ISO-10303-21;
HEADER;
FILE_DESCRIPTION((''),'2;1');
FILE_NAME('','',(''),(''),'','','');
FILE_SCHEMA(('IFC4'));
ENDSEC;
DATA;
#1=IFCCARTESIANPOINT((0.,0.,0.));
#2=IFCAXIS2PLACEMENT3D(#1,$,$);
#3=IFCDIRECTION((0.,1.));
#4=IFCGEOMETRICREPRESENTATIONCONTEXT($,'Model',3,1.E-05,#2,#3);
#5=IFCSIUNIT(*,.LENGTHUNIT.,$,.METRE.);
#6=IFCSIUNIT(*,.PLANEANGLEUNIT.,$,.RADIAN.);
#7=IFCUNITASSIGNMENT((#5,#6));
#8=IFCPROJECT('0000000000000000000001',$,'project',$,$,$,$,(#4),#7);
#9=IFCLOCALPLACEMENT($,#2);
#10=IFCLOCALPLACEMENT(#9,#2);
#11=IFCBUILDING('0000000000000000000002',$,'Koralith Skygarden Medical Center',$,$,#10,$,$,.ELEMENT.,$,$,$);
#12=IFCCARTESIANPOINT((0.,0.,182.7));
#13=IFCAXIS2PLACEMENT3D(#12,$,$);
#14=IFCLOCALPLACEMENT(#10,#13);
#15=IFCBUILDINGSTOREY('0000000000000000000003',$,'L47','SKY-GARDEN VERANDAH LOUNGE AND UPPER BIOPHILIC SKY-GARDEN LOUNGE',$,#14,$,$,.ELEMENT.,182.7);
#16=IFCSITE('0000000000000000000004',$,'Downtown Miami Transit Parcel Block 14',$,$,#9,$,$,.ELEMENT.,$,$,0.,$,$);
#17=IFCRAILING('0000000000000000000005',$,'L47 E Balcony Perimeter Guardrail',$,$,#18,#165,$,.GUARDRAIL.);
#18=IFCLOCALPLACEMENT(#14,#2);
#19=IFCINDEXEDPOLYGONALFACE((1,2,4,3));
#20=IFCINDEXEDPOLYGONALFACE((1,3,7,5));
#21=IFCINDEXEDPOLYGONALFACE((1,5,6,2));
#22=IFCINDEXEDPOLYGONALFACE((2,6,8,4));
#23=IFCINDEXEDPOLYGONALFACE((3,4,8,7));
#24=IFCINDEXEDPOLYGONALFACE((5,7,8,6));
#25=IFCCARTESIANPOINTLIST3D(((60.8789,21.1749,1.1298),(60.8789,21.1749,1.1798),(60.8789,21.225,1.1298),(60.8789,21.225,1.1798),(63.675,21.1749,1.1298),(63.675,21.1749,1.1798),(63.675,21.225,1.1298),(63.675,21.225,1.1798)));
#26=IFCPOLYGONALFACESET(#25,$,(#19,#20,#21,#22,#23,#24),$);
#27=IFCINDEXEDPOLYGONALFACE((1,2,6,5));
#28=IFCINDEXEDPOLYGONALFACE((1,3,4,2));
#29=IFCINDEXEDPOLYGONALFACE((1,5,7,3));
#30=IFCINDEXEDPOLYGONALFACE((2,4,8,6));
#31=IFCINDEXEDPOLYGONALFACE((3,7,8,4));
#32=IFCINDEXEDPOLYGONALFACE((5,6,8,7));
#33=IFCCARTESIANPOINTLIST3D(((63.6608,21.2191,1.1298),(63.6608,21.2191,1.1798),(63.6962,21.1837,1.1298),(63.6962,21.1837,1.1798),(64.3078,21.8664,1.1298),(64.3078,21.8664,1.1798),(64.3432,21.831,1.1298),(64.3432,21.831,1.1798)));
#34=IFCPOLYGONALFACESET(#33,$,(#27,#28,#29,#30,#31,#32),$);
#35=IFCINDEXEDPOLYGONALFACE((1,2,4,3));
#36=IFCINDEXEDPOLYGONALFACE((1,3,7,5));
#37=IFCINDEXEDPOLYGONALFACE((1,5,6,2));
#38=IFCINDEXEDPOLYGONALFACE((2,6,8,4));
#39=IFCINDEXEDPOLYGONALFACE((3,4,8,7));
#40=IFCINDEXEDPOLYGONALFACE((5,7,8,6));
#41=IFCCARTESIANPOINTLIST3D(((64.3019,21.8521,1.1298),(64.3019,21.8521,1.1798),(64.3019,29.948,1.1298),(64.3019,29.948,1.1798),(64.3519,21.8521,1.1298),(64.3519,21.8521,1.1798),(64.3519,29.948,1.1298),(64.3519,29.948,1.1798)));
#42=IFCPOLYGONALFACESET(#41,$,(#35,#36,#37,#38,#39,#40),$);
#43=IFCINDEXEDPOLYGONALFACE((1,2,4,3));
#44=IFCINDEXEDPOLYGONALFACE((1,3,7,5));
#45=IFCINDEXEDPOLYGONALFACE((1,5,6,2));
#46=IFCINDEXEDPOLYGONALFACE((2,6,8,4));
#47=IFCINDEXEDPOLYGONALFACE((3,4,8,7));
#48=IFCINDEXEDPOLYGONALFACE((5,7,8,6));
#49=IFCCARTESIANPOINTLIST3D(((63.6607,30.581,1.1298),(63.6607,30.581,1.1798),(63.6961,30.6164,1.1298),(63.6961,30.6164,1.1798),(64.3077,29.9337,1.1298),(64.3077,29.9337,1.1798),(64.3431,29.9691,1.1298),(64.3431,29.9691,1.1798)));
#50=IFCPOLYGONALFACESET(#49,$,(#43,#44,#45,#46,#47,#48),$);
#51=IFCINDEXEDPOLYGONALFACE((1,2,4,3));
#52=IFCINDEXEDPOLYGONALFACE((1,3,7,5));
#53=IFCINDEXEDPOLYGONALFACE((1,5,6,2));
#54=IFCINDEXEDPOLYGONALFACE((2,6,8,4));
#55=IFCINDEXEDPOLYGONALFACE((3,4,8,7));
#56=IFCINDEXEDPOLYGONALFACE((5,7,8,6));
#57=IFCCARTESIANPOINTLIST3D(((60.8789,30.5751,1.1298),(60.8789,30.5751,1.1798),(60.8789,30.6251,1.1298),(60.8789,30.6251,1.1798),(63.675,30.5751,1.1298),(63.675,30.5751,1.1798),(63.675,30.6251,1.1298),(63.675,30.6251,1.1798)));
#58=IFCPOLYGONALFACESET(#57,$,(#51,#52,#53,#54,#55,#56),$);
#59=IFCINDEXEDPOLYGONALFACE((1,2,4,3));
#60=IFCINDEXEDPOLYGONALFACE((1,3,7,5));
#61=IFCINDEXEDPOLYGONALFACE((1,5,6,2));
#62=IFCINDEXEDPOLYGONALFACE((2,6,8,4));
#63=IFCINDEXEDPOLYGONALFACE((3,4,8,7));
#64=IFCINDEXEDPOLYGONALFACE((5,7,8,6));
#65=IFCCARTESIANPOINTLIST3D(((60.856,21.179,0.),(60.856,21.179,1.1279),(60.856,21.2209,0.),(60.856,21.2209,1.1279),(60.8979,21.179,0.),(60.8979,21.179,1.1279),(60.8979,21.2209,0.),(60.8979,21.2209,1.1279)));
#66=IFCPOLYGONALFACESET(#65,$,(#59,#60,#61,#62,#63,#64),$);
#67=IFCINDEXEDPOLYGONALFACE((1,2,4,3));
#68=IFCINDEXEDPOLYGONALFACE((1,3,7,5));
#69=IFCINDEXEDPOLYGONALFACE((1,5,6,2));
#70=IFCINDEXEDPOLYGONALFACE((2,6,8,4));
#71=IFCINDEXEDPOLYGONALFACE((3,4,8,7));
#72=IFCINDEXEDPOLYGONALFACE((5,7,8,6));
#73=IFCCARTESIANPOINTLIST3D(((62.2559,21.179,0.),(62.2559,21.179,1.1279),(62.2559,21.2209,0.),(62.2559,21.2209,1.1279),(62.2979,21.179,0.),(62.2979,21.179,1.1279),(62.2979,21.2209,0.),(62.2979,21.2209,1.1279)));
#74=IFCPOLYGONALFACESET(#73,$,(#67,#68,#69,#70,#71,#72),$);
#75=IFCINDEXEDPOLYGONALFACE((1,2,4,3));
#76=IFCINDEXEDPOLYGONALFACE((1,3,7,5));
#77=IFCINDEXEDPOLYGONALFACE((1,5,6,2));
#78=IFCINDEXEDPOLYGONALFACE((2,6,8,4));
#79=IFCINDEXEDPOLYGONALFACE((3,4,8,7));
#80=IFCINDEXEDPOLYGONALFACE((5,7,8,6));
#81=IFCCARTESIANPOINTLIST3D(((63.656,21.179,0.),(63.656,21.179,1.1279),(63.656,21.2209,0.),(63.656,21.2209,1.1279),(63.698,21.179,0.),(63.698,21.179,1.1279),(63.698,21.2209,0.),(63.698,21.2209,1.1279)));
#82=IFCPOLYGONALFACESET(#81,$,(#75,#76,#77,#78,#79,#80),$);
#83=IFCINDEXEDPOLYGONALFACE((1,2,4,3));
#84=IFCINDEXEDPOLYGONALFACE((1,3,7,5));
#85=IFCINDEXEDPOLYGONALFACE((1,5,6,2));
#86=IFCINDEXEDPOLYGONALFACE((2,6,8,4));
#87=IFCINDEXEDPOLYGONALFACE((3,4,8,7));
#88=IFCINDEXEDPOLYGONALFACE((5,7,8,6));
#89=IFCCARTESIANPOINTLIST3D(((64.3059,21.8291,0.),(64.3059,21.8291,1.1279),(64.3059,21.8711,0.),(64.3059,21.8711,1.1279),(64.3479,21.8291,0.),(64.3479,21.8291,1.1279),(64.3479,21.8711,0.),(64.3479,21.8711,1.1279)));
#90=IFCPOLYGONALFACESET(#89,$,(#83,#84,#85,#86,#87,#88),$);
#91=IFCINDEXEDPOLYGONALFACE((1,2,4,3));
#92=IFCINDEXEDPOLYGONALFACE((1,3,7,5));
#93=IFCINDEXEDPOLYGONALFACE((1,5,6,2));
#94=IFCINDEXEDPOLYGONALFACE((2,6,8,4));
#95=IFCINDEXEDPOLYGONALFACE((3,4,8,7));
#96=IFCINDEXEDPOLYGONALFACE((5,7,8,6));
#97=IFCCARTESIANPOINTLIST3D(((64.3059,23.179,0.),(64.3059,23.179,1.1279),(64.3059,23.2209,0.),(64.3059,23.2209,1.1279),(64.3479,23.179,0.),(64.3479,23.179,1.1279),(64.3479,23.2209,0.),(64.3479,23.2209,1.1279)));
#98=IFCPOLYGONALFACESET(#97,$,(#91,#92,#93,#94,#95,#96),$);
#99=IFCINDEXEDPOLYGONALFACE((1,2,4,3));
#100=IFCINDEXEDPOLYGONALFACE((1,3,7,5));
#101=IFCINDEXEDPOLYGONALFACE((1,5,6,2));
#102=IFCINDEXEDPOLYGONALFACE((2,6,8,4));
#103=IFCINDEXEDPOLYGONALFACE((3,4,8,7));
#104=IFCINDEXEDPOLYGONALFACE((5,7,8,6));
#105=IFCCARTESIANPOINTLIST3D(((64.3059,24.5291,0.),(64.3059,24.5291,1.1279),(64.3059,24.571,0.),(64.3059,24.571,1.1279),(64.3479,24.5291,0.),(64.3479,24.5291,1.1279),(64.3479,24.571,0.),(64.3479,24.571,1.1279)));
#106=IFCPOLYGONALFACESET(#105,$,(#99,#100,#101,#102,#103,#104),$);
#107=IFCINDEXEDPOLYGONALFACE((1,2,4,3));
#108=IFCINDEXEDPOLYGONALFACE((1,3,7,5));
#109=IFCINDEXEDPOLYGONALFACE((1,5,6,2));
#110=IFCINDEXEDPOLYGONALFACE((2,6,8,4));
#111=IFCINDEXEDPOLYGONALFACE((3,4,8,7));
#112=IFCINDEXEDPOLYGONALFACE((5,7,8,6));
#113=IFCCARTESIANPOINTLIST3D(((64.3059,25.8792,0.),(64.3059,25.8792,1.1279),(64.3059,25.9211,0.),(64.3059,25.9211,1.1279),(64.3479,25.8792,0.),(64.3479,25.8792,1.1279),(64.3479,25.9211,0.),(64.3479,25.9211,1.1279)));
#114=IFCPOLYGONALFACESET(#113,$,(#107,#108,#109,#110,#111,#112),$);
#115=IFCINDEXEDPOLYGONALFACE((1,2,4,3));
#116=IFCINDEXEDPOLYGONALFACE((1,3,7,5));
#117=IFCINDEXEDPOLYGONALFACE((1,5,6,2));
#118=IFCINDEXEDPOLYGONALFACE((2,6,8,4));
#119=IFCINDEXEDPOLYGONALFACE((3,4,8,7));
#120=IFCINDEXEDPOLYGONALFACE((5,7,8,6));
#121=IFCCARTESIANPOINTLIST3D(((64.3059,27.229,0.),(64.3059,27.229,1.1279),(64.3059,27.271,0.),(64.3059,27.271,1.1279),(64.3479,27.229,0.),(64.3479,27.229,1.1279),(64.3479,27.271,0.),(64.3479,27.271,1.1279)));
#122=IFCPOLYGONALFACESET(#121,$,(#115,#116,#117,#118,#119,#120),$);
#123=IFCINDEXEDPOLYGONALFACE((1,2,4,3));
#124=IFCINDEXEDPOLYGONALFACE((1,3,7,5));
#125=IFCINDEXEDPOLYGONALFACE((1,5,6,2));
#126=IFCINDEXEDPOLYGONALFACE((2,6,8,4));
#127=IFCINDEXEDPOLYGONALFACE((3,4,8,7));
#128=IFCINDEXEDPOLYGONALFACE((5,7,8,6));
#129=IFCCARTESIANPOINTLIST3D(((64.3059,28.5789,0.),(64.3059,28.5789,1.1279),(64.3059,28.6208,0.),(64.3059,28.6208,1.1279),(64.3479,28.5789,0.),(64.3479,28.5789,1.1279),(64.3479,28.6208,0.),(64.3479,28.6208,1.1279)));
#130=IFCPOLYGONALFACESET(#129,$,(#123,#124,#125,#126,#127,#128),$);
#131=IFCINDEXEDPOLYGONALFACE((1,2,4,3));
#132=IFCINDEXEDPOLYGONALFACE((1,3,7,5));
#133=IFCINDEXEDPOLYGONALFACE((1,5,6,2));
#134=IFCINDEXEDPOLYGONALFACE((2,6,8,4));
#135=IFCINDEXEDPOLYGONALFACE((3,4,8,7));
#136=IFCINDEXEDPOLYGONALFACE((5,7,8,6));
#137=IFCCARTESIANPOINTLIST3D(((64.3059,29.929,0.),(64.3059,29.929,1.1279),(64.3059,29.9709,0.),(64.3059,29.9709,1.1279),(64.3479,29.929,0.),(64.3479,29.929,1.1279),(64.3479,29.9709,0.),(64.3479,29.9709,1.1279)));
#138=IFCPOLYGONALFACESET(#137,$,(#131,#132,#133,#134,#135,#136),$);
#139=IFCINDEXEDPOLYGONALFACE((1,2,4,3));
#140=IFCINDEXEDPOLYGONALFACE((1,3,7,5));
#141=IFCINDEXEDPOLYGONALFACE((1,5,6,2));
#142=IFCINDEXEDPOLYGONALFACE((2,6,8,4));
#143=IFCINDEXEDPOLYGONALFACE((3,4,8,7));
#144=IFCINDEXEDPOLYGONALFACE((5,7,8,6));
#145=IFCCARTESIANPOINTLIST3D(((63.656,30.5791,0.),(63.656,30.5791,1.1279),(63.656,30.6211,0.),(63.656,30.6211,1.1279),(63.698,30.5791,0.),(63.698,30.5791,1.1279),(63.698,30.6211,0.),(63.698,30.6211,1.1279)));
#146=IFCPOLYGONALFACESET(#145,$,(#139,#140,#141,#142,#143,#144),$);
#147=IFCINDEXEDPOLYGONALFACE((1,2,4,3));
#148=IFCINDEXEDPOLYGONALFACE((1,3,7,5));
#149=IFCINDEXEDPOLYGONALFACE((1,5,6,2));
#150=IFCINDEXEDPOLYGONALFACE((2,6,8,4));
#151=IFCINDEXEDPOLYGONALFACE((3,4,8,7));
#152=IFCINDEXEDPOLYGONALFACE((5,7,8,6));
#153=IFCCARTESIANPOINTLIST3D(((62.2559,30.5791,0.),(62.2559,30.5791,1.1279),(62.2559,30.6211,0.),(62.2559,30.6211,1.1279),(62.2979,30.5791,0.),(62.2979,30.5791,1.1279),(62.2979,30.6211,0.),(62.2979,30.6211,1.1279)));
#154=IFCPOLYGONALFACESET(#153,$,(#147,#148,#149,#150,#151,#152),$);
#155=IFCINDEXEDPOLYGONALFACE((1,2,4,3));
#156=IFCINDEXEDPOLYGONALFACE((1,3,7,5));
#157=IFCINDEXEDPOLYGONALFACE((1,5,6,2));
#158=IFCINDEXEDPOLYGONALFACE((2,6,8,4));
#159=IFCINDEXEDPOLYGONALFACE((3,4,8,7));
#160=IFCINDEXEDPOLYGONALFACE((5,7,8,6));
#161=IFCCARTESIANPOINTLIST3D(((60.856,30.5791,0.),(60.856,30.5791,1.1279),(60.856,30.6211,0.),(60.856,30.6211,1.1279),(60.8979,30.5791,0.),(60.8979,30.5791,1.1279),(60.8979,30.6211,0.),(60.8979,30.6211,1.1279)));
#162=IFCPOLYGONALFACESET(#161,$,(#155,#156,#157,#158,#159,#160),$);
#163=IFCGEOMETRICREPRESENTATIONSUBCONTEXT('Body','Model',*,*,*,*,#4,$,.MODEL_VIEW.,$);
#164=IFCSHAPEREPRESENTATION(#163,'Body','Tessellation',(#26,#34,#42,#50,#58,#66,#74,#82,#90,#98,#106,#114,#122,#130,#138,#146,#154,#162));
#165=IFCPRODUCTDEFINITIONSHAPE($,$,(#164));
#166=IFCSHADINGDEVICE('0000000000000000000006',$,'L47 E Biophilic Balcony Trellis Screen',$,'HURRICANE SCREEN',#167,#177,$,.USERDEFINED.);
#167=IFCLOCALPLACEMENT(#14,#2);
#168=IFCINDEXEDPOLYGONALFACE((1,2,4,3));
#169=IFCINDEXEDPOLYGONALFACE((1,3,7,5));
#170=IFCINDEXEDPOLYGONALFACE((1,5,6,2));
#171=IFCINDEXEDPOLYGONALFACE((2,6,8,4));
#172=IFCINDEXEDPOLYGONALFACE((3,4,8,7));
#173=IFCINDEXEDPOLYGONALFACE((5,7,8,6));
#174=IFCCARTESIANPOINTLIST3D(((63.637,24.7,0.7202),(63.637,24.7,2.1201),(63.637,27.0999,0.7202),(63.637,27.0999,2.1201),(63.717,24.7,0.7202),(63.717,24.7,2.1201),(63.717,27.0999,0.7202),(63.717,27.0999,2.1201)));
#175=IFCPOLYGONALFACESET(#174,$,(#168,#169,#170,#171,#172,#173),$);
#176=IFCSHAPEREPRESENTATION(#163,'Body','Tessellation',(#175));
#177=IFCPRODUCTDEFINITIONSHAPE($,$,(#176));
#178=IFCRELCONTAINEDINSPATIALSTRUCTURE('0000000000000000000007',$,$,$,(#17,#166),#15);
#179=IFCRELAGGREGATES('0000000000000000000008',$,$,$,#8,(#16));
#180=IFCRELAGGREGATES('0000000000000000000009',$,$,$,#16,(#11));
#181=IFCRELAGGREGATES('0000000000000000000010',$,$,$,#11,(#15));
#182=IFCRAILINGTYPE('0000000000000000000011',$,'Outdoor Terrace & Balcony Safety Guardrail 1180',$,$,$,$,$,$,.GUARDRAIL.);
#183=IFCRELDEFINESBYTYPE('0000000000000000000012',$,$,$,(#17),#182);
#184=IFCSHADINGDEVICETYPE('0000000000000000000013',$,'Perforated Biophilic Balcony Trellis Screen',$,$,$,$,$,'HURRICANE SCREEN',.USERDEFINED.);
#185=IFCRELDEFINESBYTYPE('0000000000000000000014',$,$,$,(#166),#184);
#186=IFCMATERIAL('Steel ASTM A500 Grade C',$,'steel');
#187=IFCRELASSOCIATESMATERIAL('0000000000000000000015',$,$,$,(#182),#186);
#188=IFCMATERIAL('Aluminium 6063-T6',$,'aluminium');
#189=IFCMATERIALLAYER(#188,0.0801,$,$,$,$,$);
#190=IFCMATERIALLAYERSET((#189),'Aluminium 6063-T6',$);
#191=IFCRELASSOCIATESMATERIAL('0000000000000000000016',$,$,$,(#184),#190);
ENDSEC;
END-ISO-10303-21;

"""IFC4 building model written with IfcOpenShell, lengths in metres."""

from ifc_helpers import new_model, si_unit, direction, frame, origin, origin_2d, place, context, subcontext, project, spatial, rectangle, extrude, material, layer, layer_set, type_object, element, save


model = new_model("IFC4")

# Units and contexts
model_context = context("Model", 3, precision=1e-05, world=origin(), true_north=direction((0.0, 1.0)))
body_context = subcontext(model_context, "Body", "Model", "MODEL_VIEW")
ifc_project = project(units=[si_unit("LENGTHUNIT", "METRE"), si_unit("PLANEANGLEUNIT", "RADIAN")], contexts=[model_context])

# Site, building, storey
site_placement = place(None, origin())
site = spatial("IfcSite", under=ifc_project, at=site_placement, Name="Downtown Miami Transit Parcel Block 14", CompositionType="ELEMENT", RefElevation=0.0)
building_placement = place(site_placement, origin())
building = spatial("IfcBuilding", under=site, at=building_placement, Name="Koralith Skygarden Medical Center", CompositionType="ELEMENT")
storey_placement = place(building_placement, frame((0.0, 0.0, 182.7)))
storey = spatial("IfcBuildingStorey", under=building, at=storey_placement, Name="L47", Description="SKY-GARDEN VERANDAH LOUNGE AND UPPER BIOPHILIC SKY-GARDEN LOUNGE", CompositionType="ELEMENT", Elevation=182.7)

# Shared definitions
ifc_material_1 = material(Name="Aluminium 6063-T6", Category="aluminium")

# Shared definitions
ifc_material_2 = material(Name="Steel ASTM A500 Grade C", Category="steel")

# Railing
railing_type = type_object("IfcRailingType", Name="Outdoor Terrace & Balcony Safety Guardrail 1180", PredefinedType="GUARDRAIL", material=ifc_material_2)
railing_placement = place(storey_placement, frame((60.877, 21.2, 0.0)))
element("IfcRailing", 1, at=railing_placement, inside=storey, type_object=railing_type, Name="L47 E Balcony Perimeter Guardrail", PredefinedType="GUARDRAIL", context=body_context, shape_type="SweptSolid", body=[
    extrude(rectangle(XDim=0.05, YDim=0.05, at=origin_2d()), frame((0.002, 0.0, 1.1548), z_axis=(1.0, 0.0, 0.0), x_axis=(0.0, 1.0, 0.0)), (0.0, 0.0, 1.0), 2.7961),
    extrude(rectangle(XDim=0.05, YDim=0.05, at=origin_2d()), frame((2.8015, 0.0015, 1.1548), z_axis=(0.706974, 0.70724, 0.0), x_axis=(-0.70724, 0.706974, 0.0)), (0.0, 0.0, 1.0), 0.9153),
    extrude(rectangle(XDim=0.05, YDim=0.05, at=origin_2d()), frame((3.45, 0.6521, 1.1548), z_axis=(0.0, 1.0, 0.0), x_axis=(-1.0, 0.0, 0.0)), (0.0, 0.0, 1.0), 8.0959),
    extrude(rectangle(XDim=0.05, YDim=0.05, at=origin_2d()), frame((3.4485, 8.7515, 1.1548), z_axis=(-0.706974, 0.70724, 0.0), x_axis=(-0.70724, -0.706974, 0.0)), (0.0, 0.0, 1.0), 0.9153),
    extrude(rectangle(XDim=0.05, YDim=0.05, at=origin_2d()), frame((2.7981, 9.4001, 1.1548), z_axis=(-1.0, 0.0, 0.0), x_axis=(0.0, -1.0, 0.0)), (0.0, 0.0, 1.0), 2.7961),
    extrude(rectangle(XDim=0.042, YDim=0.042, at=origin_2d()), origin(), (0.0, 0.0, 1.0), 1.1279),
    extrude(rectangle(XDim=0.042, YDim=0.042, at=origin_2d()), frame((1.3999, 0.0, 0.0)), (0.0, 0.0, 1.0), 1.1279),
    extrude(rectangle(XDim=0.042, YDim=0.042, at=origin_2d()), frame((2.8, 0.0, 0.0)), (0.0, 0.0, 1.0), 1.1279),
    extrude(rectangle(XDim=0.042, YDim=0.042, at=origin_2d()), frame((3.45, 0.6501, 0.0)), (0.0, 0.0, 1.0), 1.1279),
    extrude(rectangle(XDim=0.042, YDim=0.042, at=origin_2d()), frame((3.45, 2.0, 0.0)), (0.0, 0.0, 1.0), 1.1279),
    extrude(rectangle(XDim=0.042, YDim=0.042, at=origin_2d()), frame((3.45, 3.3501, 0.0)), (0.0, 0.0, 1.0), 1.1279),
    extrude(rectangle(XDim=0.042, YDim=0.042, at=origin_2d()), frame((3.45, 4.7002, 0.0)), (0.0, 0.0, 1.0), 1.1279),
    extrude(rectangle(XDim=0.042, YDim=0.042, at=origin_2d()), frame((3.45, 6.05, 0.0)), (0.0, 0.0, 1.0), 1.1279),
    extrude(rectangle(XDim=0.042, YDim=0.042, at=origin_2d()), frame((3.45, 7.3999, 0.0)), (0.0, 0.0, 1.0), 1.1279),
    extrude(rectangle(XDim=0.042, YDim=0.042, at=origin_2d()), frame((3.45, 8.75, 0.0)), (0.0, 0.0, 1.0), 1.1279),
    extrude(rectangle(XDim=0.042, YDim=0.042, at=origin_2d()), frame((2.8, 9.4001, 0.0)), (0.0, 0.0, 1.0), 1.1279),
    extrude(rectangle(XDim=0.042, YDim=0.042, at=origin_2d()), frame((1.3999, 9.4001, 0.0)), (0.0, 0.0, 1.0), 1.1279),
    extrude(rectangle(XDim=0.042, YDim=0.042, at=origin_2d()), frame((0.0, 9.4001, 0.0)), (0.0, 0.0, 1.0), 1.1279),
])

# Shading device
ifc_layer_1 = layer(ifc_material_1, 0.0801)
ifc_layer_set_1 = layer_set([ifc_layer_1], Name="Aluminium 6063-T6")
shading_device_type = type_object("IfcShadingDeviceType", Name="Perforated Biophilic Balcony Trellis Screen", ElementType="HURRICANE SCREEN", PredefinedType="USERDEFINED", material=ifc_layer_set_1)
shading_device_placement = place(storey_placement, frame((63.677, 25.8999, 0.7202), z_axis=(0.0, 0.0, 1.0), x_axis=(0.0, 1.0, 0.0)))
element("IfcShadingDevice", 2, at=shading_device_placement, inside=storey, type_object=shading_device_type, Name="L47 E Biophilic Balcony Trellis Screen", ObjectType="HURRICANE SCREEN", PredefinedType="USERDEFINED", context=body_context, shape_type="SweptSolid", body=[
    extrude(rectangle(XDim=2.3999, YDim=0.0801, at=origin_2d()), origin(), (0.0, 0.0, 1.0), 1.3999),
])

save(model, "model.ifc")
